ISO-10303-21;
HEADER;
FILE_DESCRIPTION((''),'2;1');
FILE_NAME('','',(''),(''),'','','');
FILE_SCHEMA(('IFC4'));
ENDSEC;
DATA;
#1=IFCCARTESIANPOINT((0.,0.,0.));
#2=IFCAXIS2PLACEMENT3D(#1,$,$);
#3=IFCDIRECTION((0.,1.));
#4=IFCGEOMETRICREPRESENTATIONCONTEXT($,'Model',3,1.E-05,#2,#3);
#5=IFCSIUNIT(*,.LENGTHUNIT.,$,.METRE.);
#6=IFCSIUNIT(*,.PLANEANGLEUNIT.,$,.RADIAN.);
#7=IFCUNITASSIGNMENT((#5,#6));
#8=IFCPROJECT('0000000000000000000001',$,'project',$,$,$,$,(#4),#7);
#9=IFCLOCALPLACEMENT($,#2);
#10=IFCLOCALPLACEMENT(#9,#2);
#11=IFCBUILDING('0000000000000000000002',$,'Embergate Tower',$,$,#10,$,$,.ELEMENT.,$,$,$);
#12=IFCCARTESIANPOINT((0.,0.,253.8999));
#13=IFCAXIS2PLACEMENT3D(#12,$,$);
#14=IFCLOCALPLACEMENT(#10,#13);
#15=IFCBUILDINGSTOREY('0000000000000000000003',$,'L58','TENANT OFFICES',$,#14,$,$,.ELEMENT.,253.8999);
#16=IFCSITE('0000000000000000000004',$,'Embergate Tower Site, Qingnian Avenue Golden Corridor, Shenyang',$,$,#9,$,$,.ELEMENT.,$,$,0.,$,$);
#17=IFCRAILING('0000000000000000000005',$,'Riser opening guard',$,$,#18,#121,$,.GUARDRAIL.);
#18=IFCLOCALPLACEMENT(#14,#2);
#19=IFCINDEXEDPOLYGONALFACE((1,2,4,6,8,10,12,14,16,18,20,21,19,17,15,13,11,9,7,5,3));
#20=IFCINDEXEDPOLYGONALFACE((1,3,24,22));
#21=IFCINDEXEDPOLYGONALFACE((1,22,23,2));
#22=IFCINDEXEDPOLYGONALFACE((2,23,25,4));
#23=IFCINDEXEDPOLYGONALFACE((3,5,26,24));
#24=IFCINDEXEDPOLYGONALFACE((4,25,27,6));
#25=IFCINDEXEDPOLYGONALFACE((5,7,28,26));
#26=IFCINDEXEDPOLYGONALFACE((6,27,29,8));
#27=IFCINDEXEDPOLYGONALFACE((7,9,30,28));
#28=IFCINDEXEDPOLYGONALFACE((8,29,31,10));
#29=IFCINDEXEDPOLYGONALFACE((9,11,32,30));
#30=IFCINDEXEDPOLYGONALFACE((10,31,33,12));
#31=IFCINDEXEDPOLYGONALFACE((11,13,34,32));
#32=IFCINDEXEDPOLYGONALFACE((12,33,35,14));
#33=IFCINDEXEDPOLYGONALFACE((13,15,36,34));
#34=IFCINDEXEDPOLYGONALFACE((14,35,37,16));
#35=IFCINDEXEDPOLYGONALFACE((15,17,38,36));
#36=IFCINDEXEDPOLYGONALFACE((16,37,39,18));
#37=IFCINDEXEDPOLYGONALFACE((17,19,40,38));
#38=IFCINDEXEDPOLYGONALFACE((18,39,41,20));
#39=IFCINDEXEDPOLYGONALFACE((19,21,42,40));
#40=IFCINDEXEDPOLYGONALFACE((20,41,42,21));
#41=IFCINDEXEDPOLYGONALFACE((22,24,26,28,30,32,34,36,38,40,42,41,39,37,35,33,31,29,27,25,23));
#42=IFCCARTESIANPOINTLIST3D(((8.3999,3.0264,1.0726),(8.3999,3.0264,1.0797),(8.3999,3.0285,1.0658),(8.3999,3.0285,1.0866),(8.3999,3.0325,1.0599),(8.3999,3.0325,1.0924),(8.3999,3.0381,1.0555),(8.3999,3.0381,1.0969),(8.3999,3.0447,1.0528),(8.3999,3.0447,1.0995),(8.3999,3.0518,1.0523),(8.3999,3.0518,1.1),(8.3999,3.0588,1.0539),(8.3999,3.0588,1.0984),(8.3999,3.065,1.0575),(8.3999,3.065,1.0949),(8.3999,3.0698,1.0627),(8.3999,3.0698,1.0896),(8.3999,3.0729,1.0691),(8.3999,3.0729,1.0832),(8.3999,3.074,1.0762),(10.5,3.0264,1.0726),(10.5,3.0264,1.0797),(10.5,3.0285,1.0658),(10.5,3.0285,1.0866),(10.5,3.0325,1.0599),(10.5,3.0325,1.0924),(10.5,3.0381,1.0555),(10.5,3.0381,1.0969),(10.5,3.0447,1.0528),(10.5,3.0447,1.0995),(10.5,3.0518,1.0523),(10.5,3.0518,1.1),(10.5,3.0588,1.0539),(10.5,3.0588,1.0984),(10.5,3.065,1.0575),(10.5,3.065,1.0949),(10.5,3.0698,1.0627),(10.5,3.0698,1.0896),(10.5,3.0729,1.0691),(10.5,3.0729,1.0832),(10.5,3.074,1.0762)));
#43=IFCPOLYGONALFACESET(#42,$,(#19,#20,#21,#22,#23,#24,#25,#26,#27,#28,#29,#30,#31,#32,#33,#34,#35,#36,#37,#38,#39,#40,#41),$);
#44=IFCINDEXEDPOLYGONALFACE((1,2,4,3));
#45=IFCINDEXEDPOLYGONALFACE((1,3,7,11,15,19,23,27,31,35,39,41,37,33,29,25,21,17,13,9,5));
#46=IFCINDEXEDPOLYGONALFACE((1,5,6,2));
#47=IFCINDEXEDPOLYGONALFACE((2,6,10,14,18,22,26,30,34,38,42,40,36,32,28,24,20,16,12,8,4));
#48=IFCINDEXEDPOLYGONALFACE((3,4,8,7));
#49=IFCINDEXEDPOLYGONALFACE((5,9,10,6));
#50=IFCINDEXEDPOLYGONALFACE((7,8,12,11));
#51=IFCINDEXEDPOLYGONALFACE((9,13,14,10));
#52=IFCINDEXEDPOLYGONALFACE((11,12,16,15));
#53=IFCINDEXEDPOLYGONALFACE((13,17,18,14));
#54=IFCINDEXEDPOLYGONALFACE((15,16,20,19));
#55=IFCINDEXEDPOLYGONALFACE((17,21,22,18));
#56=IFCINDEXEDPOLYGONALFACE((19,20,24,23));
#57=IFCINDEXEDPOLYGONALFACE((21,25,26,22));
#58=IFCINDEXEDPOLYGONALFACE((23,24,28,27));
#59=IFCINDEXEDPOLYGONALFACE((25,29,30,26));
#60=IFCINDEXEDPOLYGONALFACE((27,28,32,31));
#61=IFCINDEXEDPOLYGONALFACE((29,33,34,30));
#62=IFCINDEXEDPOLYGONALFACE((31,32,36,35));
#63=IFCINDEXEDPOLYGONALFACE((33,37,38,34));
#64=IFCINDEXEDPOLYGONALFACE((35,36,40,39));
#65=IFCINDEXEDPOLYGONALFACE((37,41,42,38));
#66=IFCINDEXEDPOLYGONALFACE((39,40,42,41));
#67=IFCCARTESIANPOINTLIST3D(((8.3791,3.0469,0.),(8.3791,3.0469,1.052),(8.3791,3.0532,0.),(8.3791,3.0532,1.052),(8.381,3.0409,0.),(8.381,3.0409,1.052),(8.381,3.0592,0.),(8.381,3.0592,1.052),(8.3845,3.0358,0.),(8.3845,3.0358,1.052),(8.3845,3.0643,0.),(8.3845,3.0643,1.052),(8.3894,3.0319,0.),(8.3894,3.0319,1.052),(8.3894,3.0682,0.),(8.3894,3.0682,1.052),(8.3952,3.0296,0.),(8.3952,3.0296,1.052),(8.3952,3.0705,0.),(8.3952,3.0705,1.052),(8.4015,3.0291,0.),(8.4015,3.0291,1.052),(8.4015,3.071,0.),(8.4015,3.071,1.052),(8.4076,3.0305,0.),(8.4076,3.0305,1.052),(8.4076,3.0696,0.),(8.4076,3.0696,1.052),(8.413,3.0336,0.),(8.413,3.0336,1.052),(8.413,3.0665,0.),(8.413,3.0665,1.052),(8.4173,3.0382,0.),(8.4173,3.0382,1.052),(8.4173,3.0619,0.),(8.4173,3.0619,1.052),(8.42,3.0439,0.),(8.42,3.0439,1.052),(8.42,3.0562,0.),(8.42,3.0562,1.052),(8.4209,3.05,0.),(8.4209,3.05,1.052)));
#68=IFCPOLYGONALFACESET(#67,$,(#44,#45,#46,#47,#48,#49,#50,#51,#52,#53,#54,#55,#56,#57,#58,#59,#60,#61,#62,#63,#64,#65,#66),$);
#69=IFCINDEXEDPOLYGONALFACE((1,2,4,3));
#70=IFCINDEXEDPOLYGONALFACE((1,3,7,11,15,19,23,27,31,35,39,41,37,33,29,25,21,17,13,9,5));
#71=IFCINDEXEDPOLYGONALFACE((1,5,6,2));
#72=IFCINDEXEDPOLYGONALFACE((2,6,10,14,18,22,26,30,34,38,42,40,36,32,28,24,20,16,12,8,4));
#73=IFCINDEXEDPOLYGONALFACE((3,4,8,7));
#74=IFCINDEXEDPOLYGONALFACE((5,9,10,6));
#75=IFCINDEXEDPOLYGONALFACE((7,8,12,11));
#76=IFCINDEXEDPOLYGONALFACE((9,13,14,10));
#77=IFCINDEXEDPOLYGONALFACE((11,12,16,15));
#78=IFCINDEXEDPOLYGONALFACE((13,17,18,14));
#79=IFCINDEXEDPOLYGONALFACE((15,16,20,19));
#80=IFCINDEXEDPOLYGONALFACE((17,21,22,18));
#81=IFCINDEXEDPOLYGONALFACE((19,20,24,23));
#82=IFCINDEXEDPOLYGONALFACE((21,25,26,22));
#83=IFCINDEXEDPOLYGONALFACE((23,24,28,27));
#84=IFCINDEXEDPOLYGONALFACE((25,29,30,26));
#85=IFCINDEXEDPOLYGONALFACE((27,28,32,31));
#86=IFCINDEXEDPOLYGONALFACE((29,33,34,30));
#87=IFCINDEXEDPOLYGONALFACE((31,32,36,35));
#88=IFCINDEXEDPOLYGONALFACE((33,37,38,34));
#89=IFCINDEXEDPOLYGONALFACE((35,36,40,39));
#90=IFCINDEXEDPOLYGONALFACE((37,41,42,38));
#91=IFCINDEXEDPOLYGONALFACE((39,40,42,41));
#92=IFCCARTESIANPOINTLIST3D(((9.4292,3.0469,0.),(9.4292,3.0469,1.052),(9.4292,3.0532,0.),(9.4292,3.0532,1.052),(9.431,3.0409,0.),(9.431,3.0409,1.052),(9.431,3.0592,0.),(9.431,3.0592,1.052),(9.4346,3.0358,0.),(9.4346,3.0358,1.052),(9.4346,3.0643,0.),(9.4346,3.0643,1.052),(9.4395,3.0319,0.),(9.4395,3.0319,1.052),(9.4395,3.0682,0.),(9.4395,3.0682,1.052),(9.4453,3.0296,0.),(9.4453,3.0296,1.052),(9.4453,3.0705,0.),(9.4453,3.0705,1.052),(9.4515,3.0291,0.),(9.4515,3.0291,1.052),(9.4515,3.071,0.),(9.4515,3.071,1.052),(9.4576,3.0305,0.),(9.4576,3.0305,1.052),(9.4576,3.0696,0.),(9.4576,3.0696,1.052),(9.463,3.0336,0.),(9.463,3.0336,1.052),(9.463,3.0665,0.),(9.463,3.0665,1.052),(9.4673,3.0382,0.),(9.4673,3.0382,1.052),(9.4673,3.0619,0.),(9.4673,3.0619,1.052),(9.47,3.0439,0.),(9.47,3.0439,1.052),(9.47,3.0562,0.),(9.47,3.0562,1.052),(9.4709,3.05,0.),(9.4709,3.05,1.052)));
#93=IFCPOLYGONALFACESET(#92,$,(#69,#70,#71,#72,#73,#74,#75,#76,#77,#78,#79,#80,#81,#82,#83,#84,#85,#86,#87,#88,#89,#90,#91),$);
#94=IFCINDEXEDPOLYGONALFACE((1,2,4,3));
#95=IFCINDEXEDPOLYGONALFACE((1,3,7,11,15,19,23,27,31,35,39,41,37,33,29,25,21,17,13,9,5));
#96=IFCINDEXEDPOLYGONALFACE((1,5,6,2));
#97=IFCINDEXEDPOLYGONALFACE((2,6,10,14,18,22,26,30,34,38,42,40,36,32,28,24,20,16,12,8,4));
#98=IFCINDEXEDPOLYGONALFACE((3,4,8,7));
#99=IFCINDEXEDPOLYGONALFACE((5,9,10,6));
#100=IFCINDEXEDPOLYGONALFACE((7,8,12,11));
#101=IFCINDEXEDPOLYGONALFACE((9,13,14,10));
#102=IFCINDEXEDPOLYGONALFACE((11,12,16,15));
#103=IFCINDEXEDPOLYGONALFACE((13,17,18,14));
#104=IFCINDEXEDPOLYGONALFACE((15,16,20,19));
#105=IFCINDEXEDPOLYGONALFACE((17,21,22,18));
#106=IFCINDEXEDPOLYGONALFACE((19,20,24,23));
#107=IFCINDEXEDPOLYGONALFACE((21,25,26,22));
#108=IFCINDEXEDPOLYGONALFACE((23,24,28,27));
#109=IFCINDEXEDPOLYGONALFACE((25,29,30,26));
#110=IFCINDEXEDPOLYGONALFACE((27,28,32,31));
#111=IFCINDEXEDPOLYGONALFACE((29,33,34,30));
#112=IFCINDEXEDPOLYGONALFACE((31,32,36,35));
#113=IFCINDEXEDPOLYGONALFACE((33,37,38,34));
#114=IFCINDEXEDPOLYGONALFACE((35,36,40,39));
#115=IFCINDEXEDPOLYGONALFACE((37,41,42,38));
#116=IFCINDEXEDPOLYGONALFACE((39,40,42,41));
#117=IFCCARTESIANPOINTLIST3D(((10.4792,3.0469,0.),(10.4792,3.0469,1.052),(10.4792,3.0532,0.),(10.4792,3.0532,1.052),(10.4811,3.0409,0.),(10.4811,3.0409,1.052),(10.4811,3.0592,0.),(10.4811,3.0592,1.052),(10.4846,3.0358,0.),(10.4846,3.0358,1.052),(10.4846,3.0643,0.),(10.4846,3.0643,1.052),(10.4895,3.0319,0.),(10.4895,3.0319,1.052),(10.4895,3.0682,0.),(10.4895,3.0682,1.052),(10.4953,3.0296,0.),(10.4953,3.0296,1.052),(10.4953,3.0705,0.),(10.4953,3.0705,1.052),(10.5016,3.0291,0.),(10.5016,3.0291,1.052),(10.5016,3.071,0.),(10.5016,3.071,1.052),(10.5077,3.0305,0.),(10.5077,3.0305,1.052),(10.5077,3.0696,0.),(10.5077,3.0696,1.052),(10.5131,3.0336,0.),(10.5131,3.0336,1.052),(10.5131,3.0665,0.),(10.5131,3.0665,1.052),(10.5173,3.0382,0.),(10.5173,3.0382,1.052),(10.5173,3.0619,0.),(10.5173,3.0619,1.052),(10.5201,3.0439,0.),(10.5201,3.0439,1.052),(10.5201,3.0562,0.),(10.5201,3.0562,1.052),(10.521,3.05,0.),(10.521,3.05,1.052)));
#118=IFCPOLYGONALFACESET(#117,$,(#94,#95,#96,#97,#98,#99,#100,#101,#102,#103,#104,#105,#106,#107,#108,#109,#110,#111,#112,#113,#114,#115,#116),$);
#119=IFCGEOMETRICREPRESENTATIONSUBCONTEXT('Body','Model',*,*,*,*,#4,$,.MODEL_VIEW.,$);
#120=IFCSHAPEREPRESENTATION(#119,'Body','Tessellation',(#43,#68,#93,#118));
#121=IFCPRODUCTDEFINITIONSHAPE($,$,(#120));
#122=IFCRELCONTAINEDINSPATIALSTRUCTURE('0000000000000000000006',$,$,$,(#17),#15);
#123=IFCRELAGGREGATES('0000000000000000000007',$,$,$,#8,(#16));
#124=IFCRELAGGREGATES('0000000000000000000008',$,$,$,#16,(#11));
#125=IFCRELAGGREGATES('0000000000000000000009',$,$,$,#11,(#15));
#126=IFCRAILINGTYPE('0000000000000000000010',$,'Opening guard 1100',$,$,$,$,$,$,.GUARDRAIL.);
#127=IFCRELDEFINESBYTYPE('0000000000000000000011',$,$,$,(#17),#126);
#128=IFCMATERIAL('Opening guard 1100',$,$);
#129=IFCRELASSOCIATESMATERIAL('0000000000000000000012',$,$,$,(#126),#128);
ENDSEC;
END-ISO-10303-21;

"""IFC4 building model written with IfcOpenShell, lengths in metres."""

from ifc_helpers import new_model, si_unit, direction, frame, origin, origin_2d, place, context, subcontext, project, spatial, circle, extrude, source, transform, mapped, material, type_object, element, save


model = new_model("IFC4")

# Units and contexts
model_context = context("Model", 3, precision=1e-05, world=origin(), true_north=direction((0.0, 1.0)))
body_context = subcontext(model_context, "Body", "Model", "MODEL_VIEW")
ifc_project = project(units=[si_unit("LENGTHUNIT", "METRE"), si_unit("PLANEANGLEUNIT", "RADIAN")], contexts=[model_context])

# Site, building, storey
site_placement = place(None, origin())
site = spatial("IfcSite", under=ifc_project, at=site_placement, Name="Embergate Tower Site, Qingnian Avenue Golden Corridor, Shenyang", CompositionType="ELEMENT", RefElevation=0.0)
building_placement = place(site_placement, origin())
building = spatial("IfcBuilding", under=site, at=building_placement, Name="Embergate Tower", CompositionType="ELEMENT")
storey_placement = place(building_placement, frame((0.0, 0.0, 253.8999)))
storey = spatial("IfcBuildingStorey", under=building, at=storey_placement, Name="L58", Description="TENANT OFFICES", CompositionType="ELEMENT", Elevation=253.8999)

# Railing
ifc_material_1 = material(Name="Opening guard 1100")
railing_type_1 = type_object("IfcRailingType", Name="Opening guard 1100", PredefinedType="GUARDRAIL", material=ifc_material_1)
shared_shape_1 = source(origin(), body_context, "Body", "SweptSolid", [
    extrude(circle(Radius=0.0239, at=origin_2d()), frame((0.0, 0.0, 1.0762), z_axis=(1.0, 0.0, 0.0), x_axis=(0.0, 1.0, 0.0)), (0.0, 0.0, 1.0), 2.1001),
    extrude(circle(Radius=0.021, at=origin_2d()), origin(), (0.0, 0.0, 1.0), 1.052),
    extrude(circle(Radius=0.021, at=origin_2d()), frame((1.05, 0.0, 0.0)), (0.0, 0.0, 1.0), 1.052),
    extrude(circle(Radius=0.021, at=origin_2d()), frame((2.1001, 0.0, 0.0)), (0.0, 0.0, 1.0), 1.052),
])
railing_1_placement = place(storey_placement, frame((8.3999, 3.05, 0.0)))
element("IfcRailing", 1, at=railing_1_placement, inside=storey, type_object=railing_type_1, Name="Riser opening guard", PredefinedType="GUARDRAIL", context=body_context, shape_type="MappedRepresentation", body=[
    mapped(shared_shape_1, transform((0.0, 0.0, 0.0))),
])

save(model, "model.ifc")
